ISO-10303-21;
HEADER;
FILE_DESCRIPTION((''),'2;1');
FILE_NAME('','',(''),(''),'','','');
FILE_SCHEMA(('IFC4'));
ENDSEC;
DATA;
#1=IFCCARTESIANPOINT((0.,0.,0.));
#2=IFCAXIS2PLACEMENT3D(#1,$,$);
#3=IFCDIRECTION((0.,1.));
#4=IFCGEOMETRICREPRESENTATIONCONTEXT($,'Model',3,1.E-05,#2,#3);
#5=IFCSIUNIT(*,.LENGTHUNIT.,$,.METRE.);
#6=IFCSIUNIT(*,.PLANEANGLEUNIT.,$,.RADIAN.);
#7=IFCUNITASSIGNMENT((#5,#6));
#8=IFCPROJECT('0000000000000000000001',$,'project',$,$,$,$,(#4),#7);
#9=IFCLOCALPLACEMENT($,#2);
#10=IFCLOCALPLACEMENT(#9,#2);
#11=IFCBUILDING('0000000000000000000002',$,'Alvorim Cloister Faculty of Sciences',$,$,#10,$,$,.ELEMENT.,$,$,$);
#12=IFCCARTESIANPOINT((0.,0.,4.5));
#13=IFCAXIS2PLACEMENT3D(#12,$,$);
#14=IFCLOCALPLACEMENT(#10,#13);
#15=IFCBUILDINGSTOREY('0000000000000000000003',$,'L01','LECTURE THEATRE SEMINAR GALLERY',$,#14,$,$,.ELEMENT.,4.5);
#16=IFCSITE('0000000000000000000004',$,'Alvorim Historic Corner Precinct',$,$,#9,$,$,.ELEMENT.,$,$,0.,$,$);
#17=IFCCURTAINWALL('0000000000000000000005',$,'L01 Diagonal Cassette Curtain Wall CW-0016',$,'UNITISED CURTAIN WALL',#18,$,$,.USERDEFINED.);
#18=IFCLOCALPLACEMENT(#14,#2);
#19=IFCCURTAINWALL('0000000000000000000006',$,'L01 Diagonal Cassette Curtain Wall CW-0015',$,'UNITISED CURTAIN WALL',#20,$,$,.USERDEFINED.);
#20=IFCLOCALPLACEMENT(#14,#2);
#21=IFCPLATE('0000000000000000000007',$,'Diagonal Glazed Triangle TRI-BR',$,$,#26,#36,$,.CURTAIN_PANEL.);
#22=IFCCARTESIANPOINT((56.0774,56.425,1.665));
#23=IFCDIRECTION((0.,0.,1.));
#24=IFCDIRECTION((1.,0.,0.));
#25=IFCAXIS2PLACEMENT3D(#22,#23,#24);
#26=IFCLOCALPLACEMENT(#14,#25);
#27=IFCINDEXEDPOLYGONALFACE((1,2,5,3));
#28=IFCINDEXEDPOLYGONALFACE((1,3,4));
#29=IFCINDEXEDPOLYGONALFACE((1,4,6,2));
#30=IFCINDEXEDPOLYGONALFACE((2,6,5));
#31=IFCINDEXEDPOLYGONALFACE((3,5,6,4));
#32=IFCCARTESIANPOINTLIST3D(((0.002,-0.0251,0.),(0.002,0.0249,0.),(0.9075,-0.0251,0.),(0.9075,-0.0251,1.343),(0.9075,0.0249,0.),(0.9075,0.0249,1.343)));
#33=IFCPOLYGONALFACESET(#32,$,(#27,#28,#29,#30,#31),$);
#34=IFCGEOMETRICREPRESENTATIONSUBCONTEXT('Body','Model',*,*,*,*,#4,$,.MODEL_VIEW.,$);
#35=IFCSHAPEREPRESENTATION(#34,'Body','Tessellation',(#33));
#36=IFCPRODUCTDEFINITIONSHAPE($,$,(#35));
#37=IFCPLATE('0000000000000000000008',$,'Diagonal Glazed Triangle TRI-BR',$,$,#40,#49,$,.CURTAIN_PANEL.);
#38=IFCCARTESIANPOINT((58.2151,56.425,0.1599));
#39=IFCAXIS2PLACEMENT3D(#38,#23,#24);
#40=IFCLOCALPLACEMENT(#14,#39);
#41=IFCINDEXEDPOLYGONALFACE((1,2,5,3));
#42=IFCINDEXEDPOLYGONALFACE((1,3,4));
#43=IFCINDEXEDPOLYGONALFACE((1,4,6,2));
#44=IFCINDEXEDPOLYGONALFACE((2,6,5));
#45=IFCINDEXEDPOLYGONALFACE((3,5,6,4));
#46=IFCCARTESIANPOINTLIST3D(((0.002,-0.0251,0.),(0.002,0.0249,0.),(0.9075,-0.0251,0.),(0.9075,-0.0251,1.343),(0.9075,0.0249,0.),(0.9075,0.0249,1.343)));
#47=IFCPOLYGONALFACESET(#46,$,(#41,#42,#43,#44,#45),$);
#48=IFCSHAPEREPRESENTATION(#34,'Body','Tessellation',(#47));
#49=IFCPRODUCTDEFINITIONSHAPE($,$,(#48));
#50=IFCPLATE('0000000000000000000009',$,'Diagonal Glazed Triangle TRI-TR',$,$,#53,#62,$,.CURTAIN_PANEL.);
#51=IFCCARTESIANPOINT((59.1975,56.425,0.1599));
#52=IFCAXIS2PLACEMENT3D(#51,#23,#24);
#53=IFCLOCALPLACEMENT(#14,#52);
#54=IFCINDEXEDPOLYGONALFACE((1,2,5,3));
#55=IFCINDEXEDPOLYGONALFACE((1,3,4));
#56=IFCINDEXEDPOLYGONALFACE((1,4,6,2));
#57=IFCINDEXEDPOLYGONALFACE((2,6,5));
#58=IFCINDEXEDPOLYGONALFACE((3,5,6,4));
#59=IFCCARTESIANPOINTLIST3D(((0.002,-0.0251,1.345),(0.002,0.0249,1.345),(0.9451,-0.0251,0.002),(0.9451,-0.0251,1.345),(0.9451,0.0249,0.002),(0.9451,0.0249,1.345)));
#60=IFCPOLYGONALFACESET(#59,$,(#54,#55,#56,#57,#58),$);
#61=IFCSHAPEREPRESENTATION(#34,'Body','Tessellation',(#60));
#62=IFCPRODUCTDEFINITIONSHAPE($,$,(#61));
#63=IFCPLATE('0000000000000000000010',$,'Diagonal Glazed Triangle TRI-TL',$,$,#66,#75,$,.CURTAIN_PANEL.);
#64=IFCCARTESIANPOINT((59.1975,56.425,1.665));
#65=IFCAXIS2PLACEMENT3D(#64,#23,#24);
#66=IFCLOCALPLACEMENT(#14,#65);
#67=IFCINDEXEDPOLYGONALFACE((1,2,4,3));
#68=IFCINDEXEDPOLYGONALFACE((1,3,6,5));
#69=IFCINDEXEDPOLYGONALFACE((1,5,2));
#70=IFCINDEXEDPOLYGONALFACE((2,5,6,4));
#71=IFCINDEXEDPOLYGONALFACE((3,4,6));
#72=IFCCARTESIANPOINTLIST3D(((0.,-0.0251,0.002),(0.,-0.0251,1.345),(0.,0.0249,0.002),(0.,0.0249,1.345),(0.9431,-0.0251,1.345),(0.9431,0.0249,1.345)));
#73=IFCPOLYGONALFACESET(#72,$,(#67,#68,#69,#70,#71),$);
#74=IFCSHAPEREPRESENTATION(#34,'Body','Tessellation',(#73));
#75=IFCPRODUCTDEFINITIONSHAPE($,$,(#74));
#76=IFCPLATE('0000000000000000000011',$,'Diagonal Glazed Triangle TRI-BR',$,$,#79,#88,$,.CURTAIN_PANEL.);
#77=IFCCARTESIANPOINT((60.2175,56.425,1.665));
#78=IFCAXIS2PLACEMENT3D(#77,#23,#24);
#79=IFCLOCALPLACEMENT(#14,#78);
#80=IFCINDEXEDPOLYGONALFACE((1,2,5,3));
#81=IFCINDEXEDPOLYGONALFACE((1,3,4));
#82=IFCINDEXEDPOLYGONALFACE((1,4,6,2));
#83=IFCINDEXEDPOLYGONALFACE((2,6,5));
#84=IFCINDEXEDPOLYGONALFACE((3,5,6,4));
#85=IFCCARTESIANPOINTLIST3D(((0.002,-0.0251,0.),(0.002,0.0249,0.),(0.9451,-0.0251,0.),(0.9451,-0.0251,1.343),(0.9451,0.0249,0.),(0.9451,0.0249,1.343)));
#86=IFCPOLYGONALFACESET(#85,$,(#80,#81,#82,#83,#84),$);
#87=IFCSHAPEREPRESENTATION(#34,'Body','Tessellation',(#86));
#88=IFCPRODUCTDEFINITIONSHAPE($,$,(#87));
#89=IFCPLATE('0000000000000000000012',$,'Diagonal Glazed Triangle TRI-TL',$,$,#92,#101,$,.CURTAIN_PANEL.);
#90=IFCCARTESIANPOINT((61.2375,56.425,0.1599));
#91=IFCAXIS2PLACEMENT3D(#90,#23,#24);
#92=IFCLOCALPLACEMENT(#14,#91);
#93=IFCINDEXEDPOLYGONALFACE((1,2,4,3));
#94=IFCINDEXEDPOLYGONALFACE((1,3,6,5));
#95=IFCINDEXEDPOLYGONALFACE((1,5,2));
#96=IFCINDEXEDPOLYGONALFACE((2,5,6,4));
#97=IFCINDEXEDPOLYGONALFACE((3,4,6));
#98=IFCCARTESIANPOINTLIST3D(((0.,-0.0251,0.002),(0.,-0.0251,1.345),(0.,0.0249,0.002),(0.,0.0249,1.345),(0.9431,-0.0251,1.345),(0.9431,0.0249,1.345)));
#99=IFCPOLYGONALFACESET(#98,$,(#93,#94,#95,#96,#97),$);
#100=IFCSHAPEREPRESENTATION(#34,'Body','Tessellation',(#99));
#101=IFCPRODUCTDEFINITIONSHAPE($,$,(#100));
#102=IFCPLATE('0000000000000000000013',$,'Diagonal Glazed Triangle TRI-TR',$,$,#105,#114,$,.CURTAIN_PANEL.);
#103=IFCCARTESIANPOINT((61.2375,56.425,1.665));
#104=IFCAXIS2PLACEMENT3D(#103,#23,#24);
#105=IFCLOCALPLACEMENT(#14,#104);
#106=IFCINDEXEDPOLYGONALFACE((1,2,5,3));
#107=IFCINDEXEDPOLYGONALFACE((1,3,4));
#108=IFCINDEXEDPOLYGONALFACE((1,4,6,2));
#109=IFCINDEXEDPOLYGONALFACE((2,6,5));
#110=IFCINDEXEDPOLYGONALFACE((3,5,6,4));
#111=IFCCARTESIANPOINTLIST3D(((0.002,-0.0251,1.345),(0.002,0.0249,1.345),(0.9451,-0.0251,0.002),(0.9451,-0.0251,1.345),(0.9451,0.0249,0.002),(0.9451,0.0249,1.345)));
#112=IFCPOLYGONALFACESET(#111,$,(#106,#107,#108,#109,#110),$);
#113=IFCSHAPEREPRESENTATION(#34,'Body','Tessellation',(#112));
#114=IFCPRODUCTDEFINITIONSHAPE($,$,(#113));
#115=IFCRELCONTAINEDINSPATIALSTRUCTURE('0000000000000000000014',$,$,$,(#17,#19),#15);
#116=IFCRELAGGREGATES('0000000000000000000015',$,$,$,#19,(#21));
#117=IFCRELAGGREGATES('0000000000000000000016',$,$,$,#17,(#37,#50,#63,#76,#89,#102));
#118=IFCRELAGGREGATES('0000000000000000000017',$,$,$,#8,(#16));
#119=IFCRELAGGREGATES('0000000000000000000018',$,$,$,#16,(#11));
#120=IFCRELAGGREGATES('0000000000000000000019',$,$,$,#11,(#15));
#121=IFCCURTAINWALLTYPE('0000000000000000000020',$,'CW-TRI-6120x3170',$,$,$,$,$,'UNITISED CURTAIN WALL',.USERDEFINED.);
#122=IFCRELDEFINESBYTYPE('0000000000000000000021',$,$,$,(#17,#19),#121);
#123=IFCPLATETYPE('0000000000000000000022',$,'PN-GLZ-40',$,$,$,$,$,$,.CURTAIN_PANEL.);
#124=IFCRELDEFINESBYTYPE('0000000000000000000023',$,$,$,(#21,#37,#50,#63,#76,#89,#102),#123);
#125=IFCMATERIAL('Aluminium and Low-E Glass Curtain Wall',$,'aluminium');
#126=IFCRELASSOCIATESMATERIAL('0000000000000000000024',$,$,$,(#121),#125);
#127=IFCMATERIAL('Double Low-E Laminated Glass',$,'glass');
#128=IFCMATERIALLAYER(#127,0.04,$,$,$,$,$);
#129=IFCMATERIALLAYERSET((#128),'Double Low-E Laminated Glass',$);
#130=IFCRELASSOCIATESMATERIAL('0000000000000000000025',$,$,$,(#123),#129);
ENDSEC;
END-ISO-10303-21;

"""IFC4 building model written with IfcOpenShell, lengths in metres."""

from ifc_helpers import new_model, si_unit, direction, frame, origin, place, context, subcontext, project, spatial, polyline, outline, extrude, material, layer, layer_set, type_object, element, aggregate, save


model = new_model("IFC4")

# Units and contexts
model_context = context("Model", 3, precision=1e-05, world=origin(), true_north=direction((0.0, 1.0)))
body_context = subcontext(model_context, "Body", "Model", "MODEL_VIEW")
ifc_project = project(units=[si_unit("LENGTHUNIT", "METRE"), si_unit("PLANEANGLEUNIT", "RADIAN")], contexts=[model_context])

# Site, building, storey
site_placement = place(None, origin())
site = spatial("IfcSite", under=ifc_project, at=site_placement, Name="Alvorim Historic Corner Precinct", CompositionType="ELEMENT", RefElevation=0.0)
building_placement = place(site_placement, origin())
building = spatial("IfcBuilding", under=site, at=building_placement, Name="Alvorim Cloister Faculty of Sciences", CompositionType="ELEMENT")
storey_placement = place(building_placement, frame((0.0, 0.0, 4.5)))
storey = spatial("IfcBuildingStorey", under=building, at=storey_placement, Name="L01", Description="LECTURE THEATRE SEMINAR GALLERY", CompositionType="ELEMENT", Elevation=4.5)

# Curtain wall
ifc_material_1 = material(Name="Aluminium and Low-E Glass Curtain Wall", Category="aluminium")
curtain_wall_type = type_object("IfcCurtainWallType", Name="CW-TRI-6120x3170", ElementType="UNITISED CURTAIN WALL", PredefinedType="USERDEFINED", material=ifc_material_1)
curtain_wall_1_placement = place(storey_placement, origin())
curtain_wall_1 = element("IfcCurtainWall", 1, at=curtain_wall_1_placement, inside=storey, type_object=curtain_wall_type, Name="L01 Diagonal Cassette Curtain Wall CW-0016", ObjectType="UNITISED CURTAIN WALL", PredefinedType="USERDEFINED")

# Curtain wall, plate
curtain_wall_2_placement = place(storey_placement, origin())
curtain_wall_2 = element("IfcCurtainWall", 2, at=curtain_wall_2_placement, inside=storey, type_object=curtain_wall_type, Name="L01 Diagonal Cassette Curtain Wall CW-0015", ObjectType="UNITISED CURTAIN WALL", PredefinedType="USERDEFINED")
ifc_material_2 = material(Name="Double Low-E Laminated Glass", Category="glass")
ifc_layer_1 = layer(ifc_material_2, 0.04)
ifc_layer_set_1 = layer_set([ifc_layer_1], Name="Double Low-E Laminated Glass")
plate_type = type_object("IfcPlateType", Name="PN-GLZ-40", PredefinedType="CURTAIN_PANEL", material=ifc_layer_set_1)
plate_1_placement = place(storey_placement, frame((56.0774, 56.425, 1.665), z_axis=(0.0, 0.0, 1.0), x_axis=(1.0, 0.0, 0.0)))
plate_1 = element("IfcPlate", 3, at=plate_1_placement, type_object=plate_type, Name="Diagonal Glazed Triangle TRI-BR", PredefinedType="CURTAIN_PANEL", context=body_context, shape_type="SweptSolid", body=[
    extrude(outline(polyline([(0.002, 0.0), (0.9075, 0.0), (0.9075, 1.343), (0.002, 0.0)])), frame((0.0, 0.0249, 0.0), z_axis=(0.0, -1.0, 0.0), x_axis=(1.0, 0.0, 0.0)), (0.0, 0.0, 1.0), 0.05),
])
aggregate(curtain_wall_2, [plate_1])

# Plates
plate_2_placement = place(storey_placement, frame((58.2151, 56.425, 0.1599), z_axis=(0.0, 0.0, 1.0), x_axis=(1.0, 0.0, 0.0)))
plate_2 = element("IfcPlate", 4, at=plate_2_placement, type_object=plate_type, Name="Diagonal Glazed Triangle TRI-BR", PredefinedType="CURTAIN_PANEL", context=body_context, shape_type="SweptSolid", body=[
    extrude(outline(polyline([(0.002, 0.0), (0.9075, 0.0), (0.9075, 1.343), (0.002, 0.0)])), frame((0.0, 0.0249, 0.0), z_axis=(0.0, -1.0, 0.0), x_axis=(1.0, 0.0, 0.0)), (0.0, 0.0, 1.0), 0.05),
])
plate_3_placement = place(storey_placement, frame((59.1975, 56.425, 0.1599), z_axis=(0.0, 0.0, 1.0), x_axis=(1.0, 0.0, 0.0)))
plate_3 = element("IfcPlate", 5, at=plate_3_placement, type_object=plate_type, Name="Diagonal Glazed Triangle TRI-TR", PredefinedType="CURTAIN_PANEL", context=body_context, shape_type="SweptSolid", body=[
    extrude(outline(polyline([(0.9451, 0.002), (0.9451, 1.345), (0.002, 1.345), (0.9451, 0.002)])), frame((0.0, 0.0249, 0.0), z_axis=(0.0, -1.0, 0.0), x_axis=(1.0, 0.0, 0.0)), (0.0, 0.0, 1.0), 0.05),
])
plate_4_placement = place(storey_placement, frame((59.1975, 56.425, 1.665), z_axis=(0.0, 0.0, 1.0), x_axis=(1.0, 0.0, 0.0)))
plate_4 = element("IfcPlate", 6, at=plate_4_placement, type_object=plate_type, Name="Diagonal Glazed Triangle TRI-TL", PredefinedType="CURTAIN_PANEL", context=body_context, shape_type="SweptSolid", body=[
    extrude(outline(polyline([(0.9431, 1.345), (0.0, 1.345), (0.0, 0.002), (0.9431, 1.345)])), frame((0.0, 0.0249, 0.0), z_axis=(0.0, -1.0, 0.0), x_axis=(1.0, 0.0, 0.0)), (0.0, 0.0, 1.0), 0.05),
])
plate_5_placement = place(storey_placement, frame((60.2175, 56.425, 1.665), z_axis=(0.0, 0.0, 1.0), x_axis=(1.0, 0.0, 0.0)))
plate_5 = element("IfcPlate", 7, at=plate_5_placement, type_object=plate_type, Name="Diagonal Glazed Triangle TRI-BR", PredefinedType="CURTAIN_PANEL", context=body_context, shape_type="SweptSolid", body=[
    extrude(outline(polyline([(0.002, 0.0), (0.9451, 0.0), (0.9451, 1.343), (0.002, 0.0)])), frame((0.0, 0.0249, 0.0), z_axis=(0.0, -1.0, 0.0), x_axis=(1.0, 0.0, 0.0)), (0.0, 0.0, 1.0), 0.05),
])
plate_6_placement = place(storey_placement, frame((61.2375, 56.425, 0.1599), z_axis=(0.0, 0.0, 1.0), x_axis=(1.0, 0.0, 0.0)))
plate_6 = element("IfcPlate", 8, at=plate_6_placement, type_object=plate_type, Name="Diagonal Glazed Triangle TRI-TL", PredefinedType="CURTAIN_PANEL", context=body_context, shape_type="SweptSolid", body=[
    extrude(outline(polyline([(0.9431, 1.345), (0.0, 1.345), (0.0, 0.002), (0.9431, 1.345)])), frame((0.0, 0.0249, 0.0), z_axis=(0.0, -1.0, 0.0), x_axis=(1.0, 0.0, 0.0)), (0.0, 0.0, 1.0), 0.05),
])
plate_7_placement = place(storey_placement, frame((61.2375, 56.425, 1.665), z_axis=(0.0, 0.0, 1.0), x_axis=(1.0, 0.0, 0.0)))
plate_7 = element("IfcPlate", 9, at=plate_7_placement, type_object=plate_type, Name="Diagonal Glazed Triangle TRI-TR", PredefinedType="CURTAIN_PANEL", context=body_context, shape_type="SweptSolid", body=[
    extrude(outline(polyline([(0.9451, 0.002), (0.9451, 1.345), (0.002, 1.345), (0.9451, 0.002)])), frame((0.0, 0.0249, 0.0), z_axis=(0.0, -1.0, 0.0), x_axis=(1.0, 0.0, 0.0)), (0.0, 0.0, 1.0), 0.05),
])
aggregate(curtain_wall_1, [plate_2, plate_3, plate_4, plate_5, plate_6, plate_7])

save(model, "model.ifc")
